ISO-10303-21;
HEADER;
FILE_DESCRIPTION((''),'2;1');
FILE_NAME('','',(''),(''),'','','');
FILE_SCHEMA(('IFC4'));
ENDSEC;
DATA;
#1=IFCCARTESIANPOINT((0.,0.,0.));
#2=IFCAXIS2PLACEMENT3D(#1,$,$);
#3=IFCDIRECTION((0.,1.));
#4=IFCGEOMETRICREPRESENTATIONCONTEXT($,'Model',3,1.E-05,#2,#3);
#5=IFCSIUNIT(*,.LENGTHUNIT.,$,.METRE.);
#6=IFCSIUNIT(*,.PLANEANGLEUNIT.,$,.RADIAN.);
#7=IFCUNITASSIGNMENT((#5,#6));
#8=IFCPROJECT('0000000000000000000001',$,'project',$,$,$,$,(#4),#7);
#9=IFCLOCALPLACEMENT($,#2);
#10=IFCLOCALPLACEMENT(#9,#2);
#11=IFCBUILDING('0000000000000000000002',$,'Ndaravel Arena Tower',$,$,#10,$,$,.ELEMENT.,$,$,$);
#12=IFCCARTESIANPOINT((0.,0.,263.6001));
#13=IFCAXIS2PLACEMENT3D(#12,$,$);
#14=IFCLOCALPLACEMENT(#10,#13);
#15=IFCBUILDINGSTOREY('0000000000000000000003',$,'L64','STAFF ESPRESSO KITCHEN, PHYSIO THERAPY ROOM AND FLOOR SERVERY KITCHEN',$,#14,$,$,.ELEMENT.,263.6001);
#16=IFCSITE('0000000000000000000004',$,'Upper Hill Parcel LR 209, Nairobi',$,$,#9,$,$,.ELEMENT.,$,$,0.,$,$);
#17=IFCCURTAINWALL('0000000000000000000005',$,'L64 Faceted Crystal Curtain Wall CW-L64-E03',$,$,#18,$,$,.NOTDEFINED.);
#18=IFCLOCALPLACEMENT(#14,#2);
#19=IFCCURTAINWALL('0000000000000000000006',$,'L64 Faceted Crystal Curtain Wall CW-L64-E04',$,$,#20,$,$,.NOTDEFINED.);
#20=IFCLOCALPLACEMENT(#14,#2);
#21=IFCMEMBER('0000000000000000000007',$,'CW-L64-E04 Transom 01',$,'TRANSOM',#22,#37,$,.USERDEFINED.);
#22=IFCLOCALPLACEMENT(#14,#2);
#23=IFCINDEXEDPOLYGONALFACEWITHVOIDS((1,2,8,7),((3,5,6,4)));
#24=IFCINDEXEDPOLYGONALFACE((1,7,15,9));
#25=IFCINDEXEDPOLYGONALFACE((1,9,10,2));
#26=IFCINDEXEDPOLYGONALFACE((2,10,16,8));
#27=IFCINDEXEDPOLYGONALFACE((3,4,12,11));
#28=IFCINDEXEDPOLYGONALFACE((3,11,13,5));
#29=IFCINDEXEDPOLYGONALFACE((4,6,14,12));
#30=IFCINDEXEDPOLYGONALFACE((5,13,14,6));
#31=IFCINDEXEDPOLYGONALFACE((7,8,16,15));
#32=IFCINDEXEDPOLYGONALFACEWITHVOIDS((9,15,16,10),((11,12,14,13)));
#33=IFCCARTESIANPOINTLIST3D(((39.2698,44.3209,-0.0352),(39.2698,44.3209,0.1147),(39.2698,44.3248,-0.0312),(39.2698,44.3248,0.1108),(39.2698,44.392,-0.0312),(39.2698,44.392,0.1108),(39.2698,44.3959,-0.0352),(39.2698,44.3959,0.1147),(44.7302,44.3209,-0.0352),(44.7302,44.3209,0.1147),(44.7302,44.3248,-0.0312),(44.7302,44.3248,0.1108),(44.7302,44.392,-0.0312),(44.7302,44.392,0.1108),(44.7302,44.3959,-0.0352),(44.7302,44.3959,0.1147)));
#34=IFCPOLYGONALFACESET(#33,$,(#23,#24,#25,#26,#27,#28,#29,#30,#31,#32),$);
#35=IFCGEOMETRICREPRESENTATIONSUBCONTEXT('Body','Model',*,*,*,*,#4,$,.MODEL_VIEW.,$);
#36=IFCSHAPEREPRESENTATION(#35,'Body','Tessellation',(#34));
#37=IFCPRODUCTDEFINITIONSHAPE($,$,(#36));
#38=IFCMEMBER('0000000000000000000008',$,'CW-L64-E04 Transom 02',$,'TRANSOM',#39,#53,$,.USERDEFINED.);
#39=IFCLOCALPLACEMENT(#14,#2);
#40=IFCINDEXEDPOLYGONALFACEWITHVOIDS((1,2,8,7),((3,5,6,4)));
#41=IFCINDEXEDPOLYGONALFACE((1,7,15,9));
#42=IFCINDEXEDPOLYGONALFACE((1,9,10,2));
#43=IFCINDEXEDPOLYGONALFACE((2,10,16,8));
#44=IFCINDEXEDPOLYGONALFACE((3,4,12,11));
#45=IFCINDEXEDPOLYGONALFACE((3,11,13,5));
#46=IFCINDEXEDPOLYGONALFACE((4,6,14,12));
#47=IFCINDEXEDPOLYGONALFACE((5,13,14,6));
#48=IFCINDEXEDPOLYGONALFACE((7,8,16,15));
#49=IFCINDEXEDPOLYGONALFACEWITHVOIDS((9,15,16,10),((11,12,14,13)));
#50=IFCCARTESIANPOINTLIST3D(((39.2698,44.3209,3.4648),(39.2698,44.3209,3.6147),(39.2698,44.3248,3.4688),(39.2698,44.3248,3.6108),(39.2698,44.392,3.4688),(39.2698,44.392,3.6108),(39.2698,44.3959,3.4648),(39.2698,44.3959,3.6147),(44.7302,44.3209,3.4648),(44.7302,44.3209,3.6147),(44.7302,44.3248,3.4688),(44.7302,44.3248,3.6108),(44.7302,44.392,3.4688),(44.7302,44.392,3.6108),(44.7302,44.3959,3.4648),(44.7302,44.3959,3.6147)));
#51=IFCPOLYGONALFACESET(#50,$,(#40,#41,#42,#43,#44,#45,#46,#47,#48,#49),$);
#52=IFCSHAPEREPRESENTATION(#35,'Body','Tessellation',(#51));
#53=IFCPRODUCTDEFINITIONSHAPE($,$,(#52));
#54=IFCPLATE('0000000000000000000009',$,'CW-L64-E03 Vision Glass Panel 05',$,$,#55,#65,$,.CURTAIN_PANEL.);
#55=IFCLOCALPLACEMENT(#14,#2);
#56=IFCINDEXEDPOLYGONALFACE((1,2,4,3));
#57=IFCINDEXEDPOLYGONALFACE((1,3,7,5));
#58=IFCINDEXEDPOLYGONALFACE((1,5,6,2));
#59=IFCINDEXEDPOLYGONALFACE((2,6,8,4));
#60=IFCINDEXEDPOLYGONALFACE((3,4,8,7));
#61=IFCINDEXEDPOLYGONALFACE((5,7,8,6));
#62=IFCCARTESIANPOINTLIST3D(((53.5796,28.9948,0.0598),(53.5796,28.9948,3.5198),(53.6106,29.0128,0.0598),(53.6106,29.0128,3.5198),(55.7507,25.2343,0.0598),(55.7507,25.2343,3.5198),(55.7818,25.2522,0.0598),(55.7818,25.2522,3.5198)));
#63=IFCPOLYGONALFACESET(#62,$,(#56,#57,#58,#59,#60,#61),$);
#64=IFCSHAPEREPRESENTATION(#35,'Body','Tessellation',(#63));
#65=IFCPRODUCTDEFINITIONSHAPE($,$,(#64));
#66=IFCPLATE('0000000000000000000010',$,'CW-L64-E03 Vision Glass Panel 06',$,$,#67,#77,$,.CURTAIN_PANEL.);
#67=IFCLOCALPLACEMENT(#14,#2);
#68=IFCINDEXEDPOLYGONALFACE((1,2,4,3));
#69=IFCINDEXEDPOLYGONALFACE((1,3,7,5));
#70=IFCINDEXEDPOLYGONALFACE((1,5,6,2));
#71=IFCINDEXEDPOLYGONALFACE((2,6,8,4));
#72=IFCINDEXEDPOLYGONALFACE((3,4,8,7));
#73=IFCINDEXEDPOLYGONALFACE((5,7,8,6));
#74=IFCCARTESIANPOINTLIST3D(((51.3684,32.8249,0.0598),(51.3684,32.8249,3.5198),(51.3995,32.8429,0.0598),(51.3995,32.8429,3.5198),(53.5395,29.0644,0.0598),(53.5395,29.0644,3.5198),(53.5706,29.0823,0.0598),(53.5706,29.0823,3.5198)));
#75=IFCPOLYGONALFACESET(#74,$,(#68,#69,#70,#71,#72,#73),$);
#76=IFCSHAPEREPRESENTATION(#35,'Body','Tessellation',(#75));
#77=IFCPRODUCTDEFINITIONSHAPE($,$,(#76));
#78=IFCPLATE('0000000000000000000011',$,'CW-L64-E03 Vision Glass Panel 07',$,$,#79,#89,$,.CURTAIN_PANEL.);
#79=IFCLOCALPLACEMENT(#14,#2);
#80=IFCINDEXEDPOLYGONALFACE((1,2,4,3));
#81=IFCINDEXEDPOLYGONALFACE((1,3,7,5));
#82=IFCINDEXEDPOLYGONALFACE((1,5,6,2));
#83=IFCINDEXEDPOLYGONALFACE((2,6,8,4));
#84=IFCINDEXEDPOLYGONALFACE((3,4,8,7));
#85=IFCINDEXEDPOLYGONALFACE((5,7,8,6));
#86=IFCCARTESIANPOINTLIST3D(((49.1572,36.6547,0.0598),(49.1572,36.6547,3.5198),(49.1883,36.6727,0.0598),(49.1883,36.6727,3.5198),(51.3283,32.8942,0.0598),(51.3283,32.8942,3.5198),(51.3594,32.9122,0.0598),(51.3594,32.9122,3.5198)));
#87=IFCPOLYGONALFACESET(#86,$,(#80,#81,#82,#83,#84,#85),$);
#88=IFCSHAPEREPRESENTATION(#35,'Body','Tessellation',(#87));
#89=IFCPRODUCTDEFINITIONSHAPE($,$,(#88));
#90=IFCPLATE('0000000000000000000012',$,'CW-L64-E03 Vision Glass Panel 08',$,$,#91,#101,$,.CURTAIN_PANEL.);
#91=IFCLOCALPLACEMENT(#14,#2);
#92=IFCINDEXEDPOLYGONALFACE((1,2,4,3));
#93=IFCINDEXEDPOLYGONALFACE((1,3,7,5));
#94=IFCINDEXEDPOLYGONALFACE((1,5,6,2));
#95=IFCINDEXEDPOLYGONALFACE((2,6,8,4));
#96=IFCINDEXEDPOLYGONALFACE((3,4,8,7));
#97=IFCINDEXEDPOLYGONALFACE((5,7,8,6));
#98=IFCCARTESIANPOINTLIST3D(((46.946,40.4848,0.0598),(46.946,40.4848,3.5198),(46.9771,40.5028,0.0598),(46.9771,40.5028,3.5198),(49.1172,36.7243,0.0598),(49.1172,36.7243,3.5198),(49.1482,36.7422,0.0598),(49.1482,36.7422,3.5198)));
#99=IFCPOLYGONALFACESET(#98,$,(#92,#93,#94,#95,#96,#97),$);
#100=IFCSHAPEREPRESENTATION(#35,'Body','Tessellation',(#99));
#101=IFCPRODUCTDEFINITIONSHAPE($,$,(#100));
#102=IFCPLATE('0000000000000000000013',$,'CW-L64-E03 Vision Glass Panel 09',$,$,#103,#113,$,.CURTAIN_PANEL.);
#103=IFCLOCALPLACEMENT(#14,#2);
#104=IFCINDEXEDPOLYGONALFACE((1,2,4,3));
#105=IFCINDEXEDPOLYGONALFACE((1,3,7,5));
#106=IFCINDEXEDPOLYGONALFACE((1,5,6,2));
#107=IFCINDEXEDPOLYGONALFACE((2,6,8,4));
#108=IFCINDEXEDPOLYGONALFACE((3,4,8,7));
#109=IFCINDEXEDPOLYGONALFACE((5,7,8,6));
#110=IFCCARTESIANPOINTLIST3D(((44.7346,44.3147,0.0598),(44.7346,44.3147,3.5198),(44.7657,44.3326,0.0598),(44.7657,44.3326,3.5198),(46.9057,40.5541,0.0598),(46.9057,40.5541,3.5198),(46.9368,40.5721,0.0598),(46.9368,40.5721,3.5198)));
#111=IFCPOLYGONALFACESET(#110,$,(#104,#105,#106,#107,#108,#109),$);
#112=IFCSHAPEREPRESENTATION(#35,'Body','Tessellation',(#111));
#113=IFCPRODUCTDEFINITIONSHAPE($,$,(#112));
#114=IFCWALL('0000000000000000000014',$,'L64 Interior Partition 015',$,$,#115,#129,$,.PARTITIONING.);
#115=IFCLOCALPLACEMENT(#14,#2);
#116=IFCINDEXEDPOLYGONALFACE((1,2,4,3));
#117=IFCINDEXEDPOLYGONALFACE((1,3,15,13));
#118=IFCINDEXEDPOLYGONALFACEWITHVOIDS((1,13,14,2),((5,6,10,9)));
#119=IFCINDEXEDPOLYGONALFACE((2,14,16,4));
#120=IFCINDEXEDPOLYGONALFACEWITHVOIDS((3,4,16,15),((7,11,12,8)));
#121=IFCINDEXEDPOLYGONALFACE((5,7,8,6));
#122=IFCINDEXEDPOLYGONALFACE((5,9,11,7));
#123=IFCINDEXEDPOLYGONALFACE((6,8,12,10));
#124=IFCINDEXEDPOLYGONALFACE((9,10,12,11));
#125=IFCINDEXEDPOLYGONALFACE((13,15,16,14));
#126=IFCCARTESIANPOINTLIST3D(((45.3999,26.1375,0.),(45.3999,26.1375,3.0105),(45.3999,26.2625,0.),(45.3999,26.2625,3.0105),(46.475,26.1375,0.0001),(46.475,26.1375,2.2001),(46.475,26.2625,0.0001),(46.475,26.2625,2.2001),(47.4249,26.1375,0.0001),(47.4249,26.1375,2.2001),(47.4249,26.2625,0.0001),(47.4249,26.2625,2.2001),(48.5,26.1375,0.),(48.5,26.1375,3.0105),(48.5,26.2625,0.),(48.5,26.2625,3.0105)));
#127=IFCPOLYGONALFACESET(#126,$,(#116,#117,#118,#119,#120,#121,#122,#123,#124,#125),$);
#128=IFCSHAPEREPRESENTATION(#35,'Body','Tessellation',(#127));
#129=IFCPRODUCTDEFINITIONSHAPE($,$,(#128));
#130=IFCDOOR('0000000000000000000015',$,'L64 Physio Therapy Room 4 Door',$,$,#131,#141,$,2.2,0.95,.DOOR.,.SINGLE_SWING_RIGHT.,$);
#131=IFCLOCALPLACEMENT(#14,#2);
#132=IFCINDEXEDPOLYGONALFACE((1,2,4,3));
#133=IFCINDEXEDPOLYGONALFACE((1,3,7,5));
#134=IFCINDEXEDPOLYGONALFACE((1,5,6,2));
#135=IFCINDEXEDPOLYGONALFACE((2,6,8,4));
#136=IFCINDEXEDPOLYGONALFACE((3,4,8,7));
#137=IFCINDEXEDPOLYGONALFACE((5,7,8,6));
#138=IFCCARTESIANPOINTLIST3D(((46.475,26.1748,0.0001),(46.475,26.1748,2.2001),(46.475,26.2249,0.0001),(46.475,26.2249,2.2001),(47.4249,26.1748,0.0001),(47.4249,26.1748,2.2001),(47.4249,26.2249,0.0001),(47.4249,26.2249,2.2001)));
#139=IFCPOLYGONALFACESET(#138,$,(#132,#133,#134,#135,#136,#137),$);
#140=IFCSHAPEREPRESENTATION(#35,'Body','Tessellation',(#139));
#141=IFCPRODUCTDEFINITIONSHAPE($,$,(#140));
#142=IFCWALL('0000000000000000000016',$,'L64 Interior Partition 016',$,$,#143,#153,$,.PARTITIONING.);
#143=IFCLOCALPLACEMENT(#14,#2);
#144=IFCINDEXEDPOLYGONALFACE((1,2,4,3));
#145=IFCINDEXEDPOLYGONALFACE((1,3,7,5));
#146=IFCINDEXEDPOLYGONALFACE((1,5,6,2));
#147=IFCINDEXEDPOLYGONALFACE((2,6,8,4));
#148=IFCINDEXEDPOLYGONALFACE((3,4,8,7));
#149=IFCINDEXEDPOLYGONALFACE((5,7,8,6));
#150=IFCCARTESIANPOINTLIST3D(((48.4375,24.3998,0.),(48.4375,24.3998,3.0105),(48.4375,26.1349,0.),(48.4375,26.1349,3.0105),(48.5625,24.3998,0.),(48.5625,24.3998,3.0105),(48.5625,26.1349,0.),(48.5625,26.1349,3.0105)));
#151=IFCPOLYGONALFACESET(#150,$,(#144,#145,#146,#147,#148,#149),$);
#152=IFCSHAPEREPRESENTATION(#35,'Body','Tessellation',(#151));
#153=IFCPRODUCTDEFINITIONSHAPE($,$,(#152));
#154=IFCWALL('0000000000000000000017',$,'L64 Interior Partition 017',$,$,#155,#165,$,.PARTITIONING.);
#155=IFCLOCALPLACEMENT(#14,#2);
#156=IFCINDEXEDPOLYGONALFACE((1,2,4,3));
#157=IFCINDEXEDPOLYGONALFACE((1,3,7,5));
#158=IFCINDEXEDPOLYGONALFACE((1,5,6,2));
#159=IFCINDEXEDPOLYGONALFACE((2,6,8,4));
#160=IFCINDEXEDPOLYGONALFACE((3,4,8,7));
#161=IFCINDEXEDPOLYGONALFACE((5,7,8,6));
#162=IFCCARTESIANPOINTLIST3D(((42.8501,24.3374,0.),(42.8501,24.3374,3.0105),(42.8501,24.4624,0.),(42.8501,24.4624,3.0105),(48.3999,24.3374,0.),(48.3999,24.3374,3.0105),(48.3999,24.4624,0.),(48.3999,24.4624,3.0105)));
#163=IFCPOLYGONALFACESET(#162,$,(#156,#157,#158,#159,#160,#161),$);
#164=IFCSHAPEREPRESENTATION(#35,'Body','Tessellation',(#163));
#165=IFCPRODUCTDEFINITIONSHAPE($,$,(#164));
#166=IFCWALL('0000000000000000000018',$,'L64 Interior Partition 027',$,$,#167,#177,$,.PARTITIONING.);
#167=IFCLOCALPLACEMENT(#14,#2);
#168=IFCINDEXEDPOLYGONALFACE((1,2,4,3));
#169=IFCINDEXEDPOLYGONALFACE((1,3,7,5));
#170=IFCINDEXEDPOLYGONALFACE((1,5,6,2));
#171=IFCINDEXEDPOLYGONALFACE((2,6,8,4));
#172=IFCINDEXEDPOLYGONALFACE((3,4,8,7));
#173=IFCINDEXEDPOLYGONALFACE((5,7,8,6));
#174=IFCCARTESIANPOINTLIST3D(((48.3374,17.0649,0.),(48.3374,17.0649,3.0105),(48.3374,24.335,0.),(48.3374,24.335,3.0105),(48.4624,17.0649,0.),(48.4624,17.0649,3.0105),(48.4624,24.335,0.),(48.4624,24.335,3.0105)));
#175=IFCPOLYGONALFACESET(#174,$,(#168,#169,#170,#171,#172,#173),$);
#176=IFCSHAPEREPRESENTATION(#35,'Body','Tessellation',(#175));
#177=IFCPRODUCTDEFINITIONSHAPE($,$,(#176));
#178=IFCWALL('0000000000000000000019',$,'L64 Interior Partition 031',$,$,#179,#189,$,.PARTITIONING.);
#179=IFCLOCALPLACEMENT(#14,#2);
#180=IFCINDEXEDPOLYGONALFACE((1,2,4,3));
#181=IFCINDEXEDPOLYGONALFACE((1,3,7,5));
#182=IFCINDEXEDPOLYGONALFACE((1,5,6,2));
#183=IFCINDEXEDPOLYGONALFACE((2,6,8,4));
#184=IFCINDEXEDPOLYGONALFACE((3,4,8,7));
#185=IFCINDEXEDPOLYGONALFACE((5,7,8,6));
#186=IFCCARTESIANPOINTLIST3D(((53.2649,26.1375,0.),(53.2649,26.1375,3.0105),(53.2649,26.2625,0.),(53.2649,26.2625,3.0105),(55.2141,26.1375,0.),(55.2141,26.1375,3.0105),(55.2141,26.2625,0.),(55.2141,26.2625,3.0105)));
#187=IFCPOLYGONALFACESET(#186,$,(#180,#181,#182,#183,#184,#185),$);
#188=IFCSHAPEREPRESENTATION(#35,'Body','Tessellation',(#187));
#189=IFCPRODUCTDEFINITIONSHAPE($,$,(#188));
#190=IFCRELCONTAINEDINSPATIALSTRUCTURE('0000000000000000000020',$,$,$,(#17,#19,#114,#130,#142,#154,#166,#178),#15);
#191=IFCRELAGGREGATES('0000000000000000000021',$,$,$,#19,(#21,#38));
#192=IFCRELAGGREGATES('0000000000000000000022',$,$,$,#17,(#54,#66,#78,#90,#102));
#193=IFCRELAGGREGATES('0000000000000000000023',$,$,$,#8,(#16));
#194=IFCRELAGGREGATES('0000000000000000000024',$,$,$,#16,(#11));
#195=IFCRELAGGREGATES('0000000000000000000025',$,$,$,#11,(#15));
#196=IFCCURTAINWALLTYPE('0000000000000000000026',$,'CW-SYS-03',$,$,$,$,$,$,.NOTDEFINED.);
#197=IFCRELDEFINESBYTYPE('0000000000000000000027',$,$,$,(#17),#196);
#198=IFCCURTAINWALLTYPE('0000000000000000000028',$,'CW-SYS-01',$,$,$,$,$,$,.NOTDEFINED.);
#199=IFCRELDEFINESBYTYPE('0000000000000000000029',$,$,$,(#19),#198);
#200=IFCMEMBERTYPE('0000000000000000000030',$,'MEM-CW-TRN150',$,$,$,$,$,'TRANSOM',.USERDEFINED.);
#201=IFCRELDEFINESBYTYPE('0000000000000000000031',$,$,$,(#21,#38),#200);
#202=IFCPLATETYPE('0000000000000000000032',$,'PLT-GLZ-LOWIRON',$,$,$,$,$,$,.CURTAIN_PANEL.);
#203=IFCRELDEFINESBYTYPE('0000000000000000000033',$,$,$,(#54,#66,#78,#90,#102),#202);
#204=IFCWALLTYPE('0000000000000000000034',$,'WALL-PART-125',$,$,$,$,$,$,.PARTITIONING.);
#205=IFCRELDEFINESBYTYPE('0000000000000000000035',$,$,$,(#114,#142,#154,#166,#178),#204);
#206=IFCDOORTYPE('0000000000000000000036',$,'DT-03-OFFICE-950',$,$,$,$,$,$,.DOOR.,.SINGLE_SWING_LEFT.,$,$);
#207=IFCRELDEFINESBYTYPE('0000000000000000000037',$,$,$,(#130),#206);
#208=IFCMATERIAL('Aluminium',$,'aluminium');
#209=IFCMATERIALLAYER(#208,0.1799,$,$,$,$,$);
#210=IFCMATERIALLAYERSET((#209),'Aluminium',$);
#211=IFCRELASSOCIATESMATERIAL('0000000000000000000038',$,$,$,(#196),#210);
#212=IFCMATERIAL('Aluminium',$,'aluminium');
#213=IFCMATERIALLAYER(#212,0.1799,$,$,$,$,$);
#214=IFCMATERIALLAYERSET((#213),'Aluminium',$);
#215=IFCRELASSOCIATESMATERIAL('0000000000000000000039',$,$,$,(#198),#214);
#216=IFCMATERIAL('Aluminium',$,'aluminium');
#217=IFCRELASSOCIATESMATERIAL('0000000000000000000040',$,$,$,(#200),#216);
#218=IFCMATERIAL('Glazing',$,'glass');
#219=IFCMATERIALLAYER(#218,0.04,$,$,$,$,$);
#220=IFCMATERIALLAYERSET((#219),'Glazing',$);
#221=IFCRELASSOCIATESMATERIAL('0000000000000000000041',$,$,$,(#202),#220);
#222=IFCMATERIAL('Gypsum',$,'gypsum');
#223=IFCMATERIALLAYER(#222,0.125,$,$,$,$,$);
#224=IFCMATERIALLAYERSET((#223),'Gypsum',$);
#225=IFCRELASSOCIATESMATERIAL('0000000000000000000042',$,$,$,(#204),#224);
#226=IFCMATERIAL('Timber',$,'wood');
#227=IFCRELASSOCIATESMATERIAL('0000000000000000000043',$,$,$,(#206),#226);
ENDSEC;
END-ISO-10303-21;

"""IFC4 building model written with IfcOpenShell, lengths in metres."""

from ifc_helpers import new_model, si_unit, direction, frame, frame_2d, origin, origin_2d, place, context, subcontext, project, spatial, rectangle, hollow_rectangle, extrude, material, layer, layer_set, material_profile, profile_set, type_object, element, fill, aggregate, save


model = new_model("IFC4")

# Units and contexts
model_context = context("Model", 3, precision=1e-05, world=origin(), true_north=direction((0.0, 1.0)))
body_context = subcontext(model_context, "Body", "Model", "MODEL_VIEW")
ifc_project = project(units=[si_unit("LENGTHUNIT", "METRE"), si_unit("PLANEANGLEUNIT", "RADIAN")], contexts=[model_context])

# Site, building, storey
site_placement = place(None, origin())
site = spatial("IfcSite", under=ifc_project, at=site_placement, Name="Upper Hill Parcel LR 209, Nairobi", CompositionType="ELEMENT", RefElevation=0.0)
building_placement = place(site_placement, origin())
building = spatial("IfcBuilding", under=site, at=building_placement, Name="Ndaravel Arena Tower", CompositionType="ELEMENT")
storey_placement = place(building_placement, frame((0.0, 0.0, 263.6001)))
storey = spatial("IfcBuildingStorey", under=building, at=storey_placement, Name="L64", Description="STAFF ESPRESSO KITCHEN, PHYSIO THERAPY ROOM AND FLOOR SERVERY KITCHEN", CompositionType="ELEMENT", Elevation=263.6001)

# Curtain walls, members
ifc_material_1 = material(Name="Aluminium", Category="aluminium")
ifc_layer_1 = layer(ifc_material_1, 0.1799)
ifc_layer_set_1 = layer_set([ifc_layer_1], Name="Aluminium")
curtain_wall_type_1 = type_object("IfcCurtainWallType", Name="CW-SYS-03", PredefinedType="NOTDEFINED", material=ifc_layer_set_1)
curtain_wall_1_placement = place(storey_placement, origin())
curtain_wall_1 = element("IfcCurtainWall", 1, at=curtain_wall_1_placement, inside=storey, type_object=curtain_wall_type_1, Name="L64 Faceted Crystal Curtain Wall CW-L64-E03", PredefinedType="NOTDEFINED")
ifc_material_2 = material(Name="Aluminium", Category="aluminium")
ifc_layer_2 = layer(ifc_material_2, 0.1799)
ifc_layer_set_2 = layer_set([ifc_layer_2], Name="Aluminium")
curtain_wall_type_2 = type_object("IfcCurtainWallType", Name="CW-SYS-01", PredefinedType="NOTDEFINED", material=ifc_layer_set_2)
curtain_wall_2_placement = place(storey_placement, origin())
curtain_wall_2 = element("IfcCurtainWall", 2, at=curtain_wall_2_placement, inside=storey, type_object=curtain_wall_type_2, Name="L64 Faceted Crystal Curtain Wall CW-L64-E04", PredefinedType="NOTDEFINED")
ifc_material_3 = material(Name="Aluminium", Category="aluminium")
ifc_material_profile_1 = material_profile(ifc_material_3, hollow_rectangle(XDim=0.075, YDim=0.1499, WallThickness=0.0039, at=origin_2d()), Name="CW TRANSOM 75x150x4")
ifc_profile_set_1 = profile_set([ifc_material_profile_1], Name="Aluminium")
member_type_1 = type_object("IfcMemberType", Name="MEM-CW-TRN150", ElementType="TRANSOM", PredefinedType="USERDEFINED", material=ifc_profile_set_1)
member_1_placement = place(storey_placement, frame((44.7302, 44.3584, 0.0398), z_axis=(-1.0, 0.0, 0.0), x_axis=(0.0, -1.0, 0.0)))
member_1 = element("IfcMember", 3, at=member_1_placement, type_object=member_type_1, Name="CW-L64-E04 Transom 01", ObjectType="TRANSOM", PredefinedType="USERDEFINED", context=body_context, shape_type="SweptSolid", body=[
    extrude(hollow_rectangle(XDim=0.075, YDim=0.1499, WallThickness=0.0039, at=origin_2d()), origin(), (0.0, 0.0, 1.0), 5.4604),
])
member_2_placement = place(storey_placement, frame((44.7302, 44.3584, 3.5398), z_axis=(-1.0, 0.0, 0.0), x_axis=(0.0, -1.0, 0.0)))
member_2 = element("IfcMember", 4, at=member_2_placement, type_object=member_type_1, Name="CW-L64-E04 Transom 02", ObjectType="TRANSOM", PredefinedType="USERDEFINED", context=body_context, shape_type="SweptSolid", body=[
    extrude(hollow_rectangle(XDim=0.075, YDim=0.1499, WallThickness=0.0039, at=origin_2d()), origin(), (0.0, 0.0, 1.0), 5.4604),
])
aggregate(curtain_wall_2, [member_1, member_2])

# Plates
ifc_material_4 = material(Name="Glazing", Category="glass")
ifc_layer_3 = layer(ifc_material_4, 0.04)
ifc_layer_set_3 = layer_set([ifc_layer_3], Name="Glazing")
plate_type = type_object("IfcPlateType", Name="PLT-GLZ-LOWIRON", PredefinedType="CURTAIN_PANEL", material=ifc_layer_set_3)
plate_1_placement = place(storey_placement, frame((54.6807, 27.1235, 0.0598), z_axis=(0.0, 0.0, 1.0), x_axis=(-0.5, 0.866025, 0.0)))
plate_1 = element("IfcPlate", 5, at=plate_1_placement, type_object=plate_type, Name="CW-L64-E03 Vision Glass Panel 05", PredefinedType="CURTAIN_PANEL", context=body_context, shape_type="SweptSolid", body=[
    extrude(rectangle(XDim=4.3423, YDim=0.0359, at=origin_2d()), origin(), (0.0, 0.0, 1.0), 3.46),
])
plate_2_placement = place(storey_placement, frame((52.4695, 30.9536, 0.0598), z_axis=(0.0, 0.0, 1.0), x_axis=(-0.5, 0.866025, 0.0)))
plate_2 = element("IfcPlate", 6, at=plate_2_placement, type_object=plate_type, Name="CW-L64-E03 Vision Glass Panel 06", PredefinedType="CURTAIN_PANEL", context=body_context, shape_type="SweptSolid", body=[
    extrude(rectangle(XDim=4.3423, YDim=0.0359, at=origin_2d()), origin(), (0.0, 0.0, 1.0), 3.46),
])
plate_3_placement = place(storey_placement, frame((50.2583, 34.7834, 0.0598), z_axis=(0.0, 0.0, 1.0), x_axis=(-0.5, 0.866025, 0.0)))
plate_3 = element("IfcPlate", 7, at=plate_3_placement, type_object=plate_type, Name="CW-L64-E03 Vision Glass Panel 07", PredefinedType="CURTAIN_PANEL", context=body_context, shape_type="SweptSolid", body=[
    extrude(rectangle(XDim=4.3423, YDim=0.0359, at=origin_2d()), origin(), (0.0, 0.0, 1.0), 3.46),
])
plate_4_placement = place(storey_placement, frame((48.0471, 38.6135, 0.0598), z_axis=(0.0, 0.0, 1.0), x_axis=(-0.5, 0.866025, 0.0)))
plate_4 = element("IfcPlate", 8, at=plate_4_placement, type_object=plate_type, Name="CW-L64-E03 Vision Glass Panel 08", PredefinedType="CURTAIN_PANEL", context=body_context, shape_type="SweptSolid", body=[
    extrude(rectangle(XDim=4.3423, YDim=0.0359, at=origin_2d()), origin(), (0.0, 0.0, 1.0), 3.46),
])
plate_5_placement = place(storey_placement, frame((45.8357, 42.4434, 0.0598), z_axis=(0.0, 0.0, 1.0), x_axis=(-0.5, 0.866025, 0.0)))
plate_5 = element("IfcPlate", 9, at=plate_5_placement, type_object=plate_type, Name="CW-L64-E03 Vision Glass Panel 09", PredefinedType="CURTAIN_PANEL", context=body_context, shape_type="SweptSolid", body=[
    extrude(rectangle(XDim=4.3423, YDim=0.0359, at=origin_2d()), origin(), (0.0, 0.0, 1.0), 3.46),
])
aggregate(curtain_wall_1, [plate_1, plate_2, plate_3, plate_4, plate_5])

# Wall, opening, door
ifc_material_5 = material(Name="Gypsum", Category="gypsum")
ifc_layer_4 = layer(ifc_material_5, 0.125)
ifc_layer_set_4 = layer_set([ifc_layer_4], Name="Gypsum")
wall_type_1 = type_object("IfcWallType", Name="WALL-PART-125", PredefinedType="PARTITIONING", material=ifc_layer_set_4)
wall_1_placement = place(storey_placement, frame((45.3999, 26.2, 0.0), z_axis=(0.0, 0.0, 1.0), x_axis=(1.0, 0.0, 0.0)))
wall_1 = element("IfcWall", 10, at=wall_1_placement, inside=storey, type_object=wall_type_1, Name="L64 Interior Partition 015", PredefinedType="PARTITIONING", context=body_context, shape_type="SweptSolid", body=[
    extrude(rectangle(XDim=3.1001, YDim=0.125, at=frame_2d((1.55, 0.0))), origin(), (0.0, 0.0, 1.0), 3.0105),
])
opening_placement = place(wall_1_placement, frame((1.075, 0.0, 0.0)))
opening = element("IfcOpeningElement", 11, at=opening_placement, cuts=wall_1, PredefinedType="OPENING", context=body_context, shape_type="SweptSolid", body=[
    extrude(rectangle(XDim=0.95, YDim=2.2, at=frame_2d((0.4751, 1.1001))), frame((0.0, 0.0625, 0.0), z_axis=(0.0, -1.0, 0.0), x_axis=(1.0, 0.0, 0.0)), (0.0, 0.0, 1.0), 0.125),
])
ifc_material_6 = material(Name="Timber", Category="wood")
door_type = type_object("IfcDoorType", Name="DT-03-OFFICE-950", OperationType="SINGLE_SWING_LEFT", PredefinedType="DOOR", material=ifc_material_6)
door_placement = place(opening_placement, origin())
door = element("IfcDoor", 12, at=door_placement, inside=storey, type_object=door_type, Name="L64 Physio Therapy Room 4 Door", OperationType="SINGLE_SWING_RIGHT", OverallHeight=2.2, OverallWidth=0.95, PredefinedType="DOOR", context=body_context, shape_type="SweptSolid", body=[
    extrude(rectangle(XDim=0.95, YDim=2.2, at=frame_2d((0.4751, 1.1001))), frame((0.0, 0.0249, 0.0), z_axis=(0.0, -1.0, 0.0), x_axis=(1.0, 0.0, 0.0)), (0.0, 0.0, 1.0), 0.05),
])
fill(opening, door)

# Walls
wall_2_placement = place(storey_placement, frame((48.5, 26.135, 0.0), z_axis=(0.0, 0.0, 1.0), x_axis=(0.0, -1.0, 0.0)))
element("IfcWall", 13, at=wall_2_placement, inside=storey, type_object=wall_type_1, Name="L64 Interior Partition 016", PredefinedType="PARTITIONING", context=body_context, shape_type="SweptSolid", body=[
    extrude(rectangle(XDim=1.7351, YDim=0.125, at=frame_2d((0.8677, 0.0))), origin(), (0.0, 0.0, 1.0), 3.0105),
])
wall_3_placement = place(storey_placement, frame((48.3999, 24.3999, 0.0), z_axis=(0.0, 0.0, 1.0), x_axis=(-1.0, 0.0, 0.0)))
element("IfcWall", 14, at=wall_3_placement, inside=storey, type_object=wall_type_1, Name="L64 Interior Partition 017", PredefinedType="PARTITIONING", context=body_context, shape_type="SweptSolid", body=[
    extrude(rectangle(XDim=5.5498, YDim=0.125, at=frame_2d((2.7749, 0.0))), origin(), (0.0, 0.0, 1.0), 3.0105),
])
wall_4_placement = place(storey_placement, frame((48.3999, 24.335, 0.0), z_axis=(0.0, 0.0, 1.0), x_axis=(0.0, -1.0, 0.0)))
element("IfcWall", 15, at=wall_4_placement, inside=storey, type_object=wall_type_1, Name="L64 Interior Partition 027", PredefinedType="PARTITIONING", context=body_context, shape_type="SweptSolid", body=[
    extrude(rectangle(XDim=7.27, YDim=0.125, at=frame_2d((3.635, 0.0))), origin(), (0.0, 0.0, 1.0), 3.0105),
])
wall_5_placement = place(storey_placement, frame((53.2649, 26.2, 0.0), z_axis=(0.0, 0.0, 1.0), x_axis=(1.0, 0.0, 0.0)))
element("IfcWall", 16, at=wall_5_placement, inside=storey, type_object=wall_type_1, Name="L64 Interior Partition 031", PredefinedType="PARTITIONING", context=body_context, shape_type="SweptSolid", body=[
    extrude(rectangle(XDim=1.9492, YDim=0.125, at=frame_2d((0.9746, 0.0))), origin(), (0.0, 0.0, 1.0), 3.0105),
])

save(model, "model.ifc")
